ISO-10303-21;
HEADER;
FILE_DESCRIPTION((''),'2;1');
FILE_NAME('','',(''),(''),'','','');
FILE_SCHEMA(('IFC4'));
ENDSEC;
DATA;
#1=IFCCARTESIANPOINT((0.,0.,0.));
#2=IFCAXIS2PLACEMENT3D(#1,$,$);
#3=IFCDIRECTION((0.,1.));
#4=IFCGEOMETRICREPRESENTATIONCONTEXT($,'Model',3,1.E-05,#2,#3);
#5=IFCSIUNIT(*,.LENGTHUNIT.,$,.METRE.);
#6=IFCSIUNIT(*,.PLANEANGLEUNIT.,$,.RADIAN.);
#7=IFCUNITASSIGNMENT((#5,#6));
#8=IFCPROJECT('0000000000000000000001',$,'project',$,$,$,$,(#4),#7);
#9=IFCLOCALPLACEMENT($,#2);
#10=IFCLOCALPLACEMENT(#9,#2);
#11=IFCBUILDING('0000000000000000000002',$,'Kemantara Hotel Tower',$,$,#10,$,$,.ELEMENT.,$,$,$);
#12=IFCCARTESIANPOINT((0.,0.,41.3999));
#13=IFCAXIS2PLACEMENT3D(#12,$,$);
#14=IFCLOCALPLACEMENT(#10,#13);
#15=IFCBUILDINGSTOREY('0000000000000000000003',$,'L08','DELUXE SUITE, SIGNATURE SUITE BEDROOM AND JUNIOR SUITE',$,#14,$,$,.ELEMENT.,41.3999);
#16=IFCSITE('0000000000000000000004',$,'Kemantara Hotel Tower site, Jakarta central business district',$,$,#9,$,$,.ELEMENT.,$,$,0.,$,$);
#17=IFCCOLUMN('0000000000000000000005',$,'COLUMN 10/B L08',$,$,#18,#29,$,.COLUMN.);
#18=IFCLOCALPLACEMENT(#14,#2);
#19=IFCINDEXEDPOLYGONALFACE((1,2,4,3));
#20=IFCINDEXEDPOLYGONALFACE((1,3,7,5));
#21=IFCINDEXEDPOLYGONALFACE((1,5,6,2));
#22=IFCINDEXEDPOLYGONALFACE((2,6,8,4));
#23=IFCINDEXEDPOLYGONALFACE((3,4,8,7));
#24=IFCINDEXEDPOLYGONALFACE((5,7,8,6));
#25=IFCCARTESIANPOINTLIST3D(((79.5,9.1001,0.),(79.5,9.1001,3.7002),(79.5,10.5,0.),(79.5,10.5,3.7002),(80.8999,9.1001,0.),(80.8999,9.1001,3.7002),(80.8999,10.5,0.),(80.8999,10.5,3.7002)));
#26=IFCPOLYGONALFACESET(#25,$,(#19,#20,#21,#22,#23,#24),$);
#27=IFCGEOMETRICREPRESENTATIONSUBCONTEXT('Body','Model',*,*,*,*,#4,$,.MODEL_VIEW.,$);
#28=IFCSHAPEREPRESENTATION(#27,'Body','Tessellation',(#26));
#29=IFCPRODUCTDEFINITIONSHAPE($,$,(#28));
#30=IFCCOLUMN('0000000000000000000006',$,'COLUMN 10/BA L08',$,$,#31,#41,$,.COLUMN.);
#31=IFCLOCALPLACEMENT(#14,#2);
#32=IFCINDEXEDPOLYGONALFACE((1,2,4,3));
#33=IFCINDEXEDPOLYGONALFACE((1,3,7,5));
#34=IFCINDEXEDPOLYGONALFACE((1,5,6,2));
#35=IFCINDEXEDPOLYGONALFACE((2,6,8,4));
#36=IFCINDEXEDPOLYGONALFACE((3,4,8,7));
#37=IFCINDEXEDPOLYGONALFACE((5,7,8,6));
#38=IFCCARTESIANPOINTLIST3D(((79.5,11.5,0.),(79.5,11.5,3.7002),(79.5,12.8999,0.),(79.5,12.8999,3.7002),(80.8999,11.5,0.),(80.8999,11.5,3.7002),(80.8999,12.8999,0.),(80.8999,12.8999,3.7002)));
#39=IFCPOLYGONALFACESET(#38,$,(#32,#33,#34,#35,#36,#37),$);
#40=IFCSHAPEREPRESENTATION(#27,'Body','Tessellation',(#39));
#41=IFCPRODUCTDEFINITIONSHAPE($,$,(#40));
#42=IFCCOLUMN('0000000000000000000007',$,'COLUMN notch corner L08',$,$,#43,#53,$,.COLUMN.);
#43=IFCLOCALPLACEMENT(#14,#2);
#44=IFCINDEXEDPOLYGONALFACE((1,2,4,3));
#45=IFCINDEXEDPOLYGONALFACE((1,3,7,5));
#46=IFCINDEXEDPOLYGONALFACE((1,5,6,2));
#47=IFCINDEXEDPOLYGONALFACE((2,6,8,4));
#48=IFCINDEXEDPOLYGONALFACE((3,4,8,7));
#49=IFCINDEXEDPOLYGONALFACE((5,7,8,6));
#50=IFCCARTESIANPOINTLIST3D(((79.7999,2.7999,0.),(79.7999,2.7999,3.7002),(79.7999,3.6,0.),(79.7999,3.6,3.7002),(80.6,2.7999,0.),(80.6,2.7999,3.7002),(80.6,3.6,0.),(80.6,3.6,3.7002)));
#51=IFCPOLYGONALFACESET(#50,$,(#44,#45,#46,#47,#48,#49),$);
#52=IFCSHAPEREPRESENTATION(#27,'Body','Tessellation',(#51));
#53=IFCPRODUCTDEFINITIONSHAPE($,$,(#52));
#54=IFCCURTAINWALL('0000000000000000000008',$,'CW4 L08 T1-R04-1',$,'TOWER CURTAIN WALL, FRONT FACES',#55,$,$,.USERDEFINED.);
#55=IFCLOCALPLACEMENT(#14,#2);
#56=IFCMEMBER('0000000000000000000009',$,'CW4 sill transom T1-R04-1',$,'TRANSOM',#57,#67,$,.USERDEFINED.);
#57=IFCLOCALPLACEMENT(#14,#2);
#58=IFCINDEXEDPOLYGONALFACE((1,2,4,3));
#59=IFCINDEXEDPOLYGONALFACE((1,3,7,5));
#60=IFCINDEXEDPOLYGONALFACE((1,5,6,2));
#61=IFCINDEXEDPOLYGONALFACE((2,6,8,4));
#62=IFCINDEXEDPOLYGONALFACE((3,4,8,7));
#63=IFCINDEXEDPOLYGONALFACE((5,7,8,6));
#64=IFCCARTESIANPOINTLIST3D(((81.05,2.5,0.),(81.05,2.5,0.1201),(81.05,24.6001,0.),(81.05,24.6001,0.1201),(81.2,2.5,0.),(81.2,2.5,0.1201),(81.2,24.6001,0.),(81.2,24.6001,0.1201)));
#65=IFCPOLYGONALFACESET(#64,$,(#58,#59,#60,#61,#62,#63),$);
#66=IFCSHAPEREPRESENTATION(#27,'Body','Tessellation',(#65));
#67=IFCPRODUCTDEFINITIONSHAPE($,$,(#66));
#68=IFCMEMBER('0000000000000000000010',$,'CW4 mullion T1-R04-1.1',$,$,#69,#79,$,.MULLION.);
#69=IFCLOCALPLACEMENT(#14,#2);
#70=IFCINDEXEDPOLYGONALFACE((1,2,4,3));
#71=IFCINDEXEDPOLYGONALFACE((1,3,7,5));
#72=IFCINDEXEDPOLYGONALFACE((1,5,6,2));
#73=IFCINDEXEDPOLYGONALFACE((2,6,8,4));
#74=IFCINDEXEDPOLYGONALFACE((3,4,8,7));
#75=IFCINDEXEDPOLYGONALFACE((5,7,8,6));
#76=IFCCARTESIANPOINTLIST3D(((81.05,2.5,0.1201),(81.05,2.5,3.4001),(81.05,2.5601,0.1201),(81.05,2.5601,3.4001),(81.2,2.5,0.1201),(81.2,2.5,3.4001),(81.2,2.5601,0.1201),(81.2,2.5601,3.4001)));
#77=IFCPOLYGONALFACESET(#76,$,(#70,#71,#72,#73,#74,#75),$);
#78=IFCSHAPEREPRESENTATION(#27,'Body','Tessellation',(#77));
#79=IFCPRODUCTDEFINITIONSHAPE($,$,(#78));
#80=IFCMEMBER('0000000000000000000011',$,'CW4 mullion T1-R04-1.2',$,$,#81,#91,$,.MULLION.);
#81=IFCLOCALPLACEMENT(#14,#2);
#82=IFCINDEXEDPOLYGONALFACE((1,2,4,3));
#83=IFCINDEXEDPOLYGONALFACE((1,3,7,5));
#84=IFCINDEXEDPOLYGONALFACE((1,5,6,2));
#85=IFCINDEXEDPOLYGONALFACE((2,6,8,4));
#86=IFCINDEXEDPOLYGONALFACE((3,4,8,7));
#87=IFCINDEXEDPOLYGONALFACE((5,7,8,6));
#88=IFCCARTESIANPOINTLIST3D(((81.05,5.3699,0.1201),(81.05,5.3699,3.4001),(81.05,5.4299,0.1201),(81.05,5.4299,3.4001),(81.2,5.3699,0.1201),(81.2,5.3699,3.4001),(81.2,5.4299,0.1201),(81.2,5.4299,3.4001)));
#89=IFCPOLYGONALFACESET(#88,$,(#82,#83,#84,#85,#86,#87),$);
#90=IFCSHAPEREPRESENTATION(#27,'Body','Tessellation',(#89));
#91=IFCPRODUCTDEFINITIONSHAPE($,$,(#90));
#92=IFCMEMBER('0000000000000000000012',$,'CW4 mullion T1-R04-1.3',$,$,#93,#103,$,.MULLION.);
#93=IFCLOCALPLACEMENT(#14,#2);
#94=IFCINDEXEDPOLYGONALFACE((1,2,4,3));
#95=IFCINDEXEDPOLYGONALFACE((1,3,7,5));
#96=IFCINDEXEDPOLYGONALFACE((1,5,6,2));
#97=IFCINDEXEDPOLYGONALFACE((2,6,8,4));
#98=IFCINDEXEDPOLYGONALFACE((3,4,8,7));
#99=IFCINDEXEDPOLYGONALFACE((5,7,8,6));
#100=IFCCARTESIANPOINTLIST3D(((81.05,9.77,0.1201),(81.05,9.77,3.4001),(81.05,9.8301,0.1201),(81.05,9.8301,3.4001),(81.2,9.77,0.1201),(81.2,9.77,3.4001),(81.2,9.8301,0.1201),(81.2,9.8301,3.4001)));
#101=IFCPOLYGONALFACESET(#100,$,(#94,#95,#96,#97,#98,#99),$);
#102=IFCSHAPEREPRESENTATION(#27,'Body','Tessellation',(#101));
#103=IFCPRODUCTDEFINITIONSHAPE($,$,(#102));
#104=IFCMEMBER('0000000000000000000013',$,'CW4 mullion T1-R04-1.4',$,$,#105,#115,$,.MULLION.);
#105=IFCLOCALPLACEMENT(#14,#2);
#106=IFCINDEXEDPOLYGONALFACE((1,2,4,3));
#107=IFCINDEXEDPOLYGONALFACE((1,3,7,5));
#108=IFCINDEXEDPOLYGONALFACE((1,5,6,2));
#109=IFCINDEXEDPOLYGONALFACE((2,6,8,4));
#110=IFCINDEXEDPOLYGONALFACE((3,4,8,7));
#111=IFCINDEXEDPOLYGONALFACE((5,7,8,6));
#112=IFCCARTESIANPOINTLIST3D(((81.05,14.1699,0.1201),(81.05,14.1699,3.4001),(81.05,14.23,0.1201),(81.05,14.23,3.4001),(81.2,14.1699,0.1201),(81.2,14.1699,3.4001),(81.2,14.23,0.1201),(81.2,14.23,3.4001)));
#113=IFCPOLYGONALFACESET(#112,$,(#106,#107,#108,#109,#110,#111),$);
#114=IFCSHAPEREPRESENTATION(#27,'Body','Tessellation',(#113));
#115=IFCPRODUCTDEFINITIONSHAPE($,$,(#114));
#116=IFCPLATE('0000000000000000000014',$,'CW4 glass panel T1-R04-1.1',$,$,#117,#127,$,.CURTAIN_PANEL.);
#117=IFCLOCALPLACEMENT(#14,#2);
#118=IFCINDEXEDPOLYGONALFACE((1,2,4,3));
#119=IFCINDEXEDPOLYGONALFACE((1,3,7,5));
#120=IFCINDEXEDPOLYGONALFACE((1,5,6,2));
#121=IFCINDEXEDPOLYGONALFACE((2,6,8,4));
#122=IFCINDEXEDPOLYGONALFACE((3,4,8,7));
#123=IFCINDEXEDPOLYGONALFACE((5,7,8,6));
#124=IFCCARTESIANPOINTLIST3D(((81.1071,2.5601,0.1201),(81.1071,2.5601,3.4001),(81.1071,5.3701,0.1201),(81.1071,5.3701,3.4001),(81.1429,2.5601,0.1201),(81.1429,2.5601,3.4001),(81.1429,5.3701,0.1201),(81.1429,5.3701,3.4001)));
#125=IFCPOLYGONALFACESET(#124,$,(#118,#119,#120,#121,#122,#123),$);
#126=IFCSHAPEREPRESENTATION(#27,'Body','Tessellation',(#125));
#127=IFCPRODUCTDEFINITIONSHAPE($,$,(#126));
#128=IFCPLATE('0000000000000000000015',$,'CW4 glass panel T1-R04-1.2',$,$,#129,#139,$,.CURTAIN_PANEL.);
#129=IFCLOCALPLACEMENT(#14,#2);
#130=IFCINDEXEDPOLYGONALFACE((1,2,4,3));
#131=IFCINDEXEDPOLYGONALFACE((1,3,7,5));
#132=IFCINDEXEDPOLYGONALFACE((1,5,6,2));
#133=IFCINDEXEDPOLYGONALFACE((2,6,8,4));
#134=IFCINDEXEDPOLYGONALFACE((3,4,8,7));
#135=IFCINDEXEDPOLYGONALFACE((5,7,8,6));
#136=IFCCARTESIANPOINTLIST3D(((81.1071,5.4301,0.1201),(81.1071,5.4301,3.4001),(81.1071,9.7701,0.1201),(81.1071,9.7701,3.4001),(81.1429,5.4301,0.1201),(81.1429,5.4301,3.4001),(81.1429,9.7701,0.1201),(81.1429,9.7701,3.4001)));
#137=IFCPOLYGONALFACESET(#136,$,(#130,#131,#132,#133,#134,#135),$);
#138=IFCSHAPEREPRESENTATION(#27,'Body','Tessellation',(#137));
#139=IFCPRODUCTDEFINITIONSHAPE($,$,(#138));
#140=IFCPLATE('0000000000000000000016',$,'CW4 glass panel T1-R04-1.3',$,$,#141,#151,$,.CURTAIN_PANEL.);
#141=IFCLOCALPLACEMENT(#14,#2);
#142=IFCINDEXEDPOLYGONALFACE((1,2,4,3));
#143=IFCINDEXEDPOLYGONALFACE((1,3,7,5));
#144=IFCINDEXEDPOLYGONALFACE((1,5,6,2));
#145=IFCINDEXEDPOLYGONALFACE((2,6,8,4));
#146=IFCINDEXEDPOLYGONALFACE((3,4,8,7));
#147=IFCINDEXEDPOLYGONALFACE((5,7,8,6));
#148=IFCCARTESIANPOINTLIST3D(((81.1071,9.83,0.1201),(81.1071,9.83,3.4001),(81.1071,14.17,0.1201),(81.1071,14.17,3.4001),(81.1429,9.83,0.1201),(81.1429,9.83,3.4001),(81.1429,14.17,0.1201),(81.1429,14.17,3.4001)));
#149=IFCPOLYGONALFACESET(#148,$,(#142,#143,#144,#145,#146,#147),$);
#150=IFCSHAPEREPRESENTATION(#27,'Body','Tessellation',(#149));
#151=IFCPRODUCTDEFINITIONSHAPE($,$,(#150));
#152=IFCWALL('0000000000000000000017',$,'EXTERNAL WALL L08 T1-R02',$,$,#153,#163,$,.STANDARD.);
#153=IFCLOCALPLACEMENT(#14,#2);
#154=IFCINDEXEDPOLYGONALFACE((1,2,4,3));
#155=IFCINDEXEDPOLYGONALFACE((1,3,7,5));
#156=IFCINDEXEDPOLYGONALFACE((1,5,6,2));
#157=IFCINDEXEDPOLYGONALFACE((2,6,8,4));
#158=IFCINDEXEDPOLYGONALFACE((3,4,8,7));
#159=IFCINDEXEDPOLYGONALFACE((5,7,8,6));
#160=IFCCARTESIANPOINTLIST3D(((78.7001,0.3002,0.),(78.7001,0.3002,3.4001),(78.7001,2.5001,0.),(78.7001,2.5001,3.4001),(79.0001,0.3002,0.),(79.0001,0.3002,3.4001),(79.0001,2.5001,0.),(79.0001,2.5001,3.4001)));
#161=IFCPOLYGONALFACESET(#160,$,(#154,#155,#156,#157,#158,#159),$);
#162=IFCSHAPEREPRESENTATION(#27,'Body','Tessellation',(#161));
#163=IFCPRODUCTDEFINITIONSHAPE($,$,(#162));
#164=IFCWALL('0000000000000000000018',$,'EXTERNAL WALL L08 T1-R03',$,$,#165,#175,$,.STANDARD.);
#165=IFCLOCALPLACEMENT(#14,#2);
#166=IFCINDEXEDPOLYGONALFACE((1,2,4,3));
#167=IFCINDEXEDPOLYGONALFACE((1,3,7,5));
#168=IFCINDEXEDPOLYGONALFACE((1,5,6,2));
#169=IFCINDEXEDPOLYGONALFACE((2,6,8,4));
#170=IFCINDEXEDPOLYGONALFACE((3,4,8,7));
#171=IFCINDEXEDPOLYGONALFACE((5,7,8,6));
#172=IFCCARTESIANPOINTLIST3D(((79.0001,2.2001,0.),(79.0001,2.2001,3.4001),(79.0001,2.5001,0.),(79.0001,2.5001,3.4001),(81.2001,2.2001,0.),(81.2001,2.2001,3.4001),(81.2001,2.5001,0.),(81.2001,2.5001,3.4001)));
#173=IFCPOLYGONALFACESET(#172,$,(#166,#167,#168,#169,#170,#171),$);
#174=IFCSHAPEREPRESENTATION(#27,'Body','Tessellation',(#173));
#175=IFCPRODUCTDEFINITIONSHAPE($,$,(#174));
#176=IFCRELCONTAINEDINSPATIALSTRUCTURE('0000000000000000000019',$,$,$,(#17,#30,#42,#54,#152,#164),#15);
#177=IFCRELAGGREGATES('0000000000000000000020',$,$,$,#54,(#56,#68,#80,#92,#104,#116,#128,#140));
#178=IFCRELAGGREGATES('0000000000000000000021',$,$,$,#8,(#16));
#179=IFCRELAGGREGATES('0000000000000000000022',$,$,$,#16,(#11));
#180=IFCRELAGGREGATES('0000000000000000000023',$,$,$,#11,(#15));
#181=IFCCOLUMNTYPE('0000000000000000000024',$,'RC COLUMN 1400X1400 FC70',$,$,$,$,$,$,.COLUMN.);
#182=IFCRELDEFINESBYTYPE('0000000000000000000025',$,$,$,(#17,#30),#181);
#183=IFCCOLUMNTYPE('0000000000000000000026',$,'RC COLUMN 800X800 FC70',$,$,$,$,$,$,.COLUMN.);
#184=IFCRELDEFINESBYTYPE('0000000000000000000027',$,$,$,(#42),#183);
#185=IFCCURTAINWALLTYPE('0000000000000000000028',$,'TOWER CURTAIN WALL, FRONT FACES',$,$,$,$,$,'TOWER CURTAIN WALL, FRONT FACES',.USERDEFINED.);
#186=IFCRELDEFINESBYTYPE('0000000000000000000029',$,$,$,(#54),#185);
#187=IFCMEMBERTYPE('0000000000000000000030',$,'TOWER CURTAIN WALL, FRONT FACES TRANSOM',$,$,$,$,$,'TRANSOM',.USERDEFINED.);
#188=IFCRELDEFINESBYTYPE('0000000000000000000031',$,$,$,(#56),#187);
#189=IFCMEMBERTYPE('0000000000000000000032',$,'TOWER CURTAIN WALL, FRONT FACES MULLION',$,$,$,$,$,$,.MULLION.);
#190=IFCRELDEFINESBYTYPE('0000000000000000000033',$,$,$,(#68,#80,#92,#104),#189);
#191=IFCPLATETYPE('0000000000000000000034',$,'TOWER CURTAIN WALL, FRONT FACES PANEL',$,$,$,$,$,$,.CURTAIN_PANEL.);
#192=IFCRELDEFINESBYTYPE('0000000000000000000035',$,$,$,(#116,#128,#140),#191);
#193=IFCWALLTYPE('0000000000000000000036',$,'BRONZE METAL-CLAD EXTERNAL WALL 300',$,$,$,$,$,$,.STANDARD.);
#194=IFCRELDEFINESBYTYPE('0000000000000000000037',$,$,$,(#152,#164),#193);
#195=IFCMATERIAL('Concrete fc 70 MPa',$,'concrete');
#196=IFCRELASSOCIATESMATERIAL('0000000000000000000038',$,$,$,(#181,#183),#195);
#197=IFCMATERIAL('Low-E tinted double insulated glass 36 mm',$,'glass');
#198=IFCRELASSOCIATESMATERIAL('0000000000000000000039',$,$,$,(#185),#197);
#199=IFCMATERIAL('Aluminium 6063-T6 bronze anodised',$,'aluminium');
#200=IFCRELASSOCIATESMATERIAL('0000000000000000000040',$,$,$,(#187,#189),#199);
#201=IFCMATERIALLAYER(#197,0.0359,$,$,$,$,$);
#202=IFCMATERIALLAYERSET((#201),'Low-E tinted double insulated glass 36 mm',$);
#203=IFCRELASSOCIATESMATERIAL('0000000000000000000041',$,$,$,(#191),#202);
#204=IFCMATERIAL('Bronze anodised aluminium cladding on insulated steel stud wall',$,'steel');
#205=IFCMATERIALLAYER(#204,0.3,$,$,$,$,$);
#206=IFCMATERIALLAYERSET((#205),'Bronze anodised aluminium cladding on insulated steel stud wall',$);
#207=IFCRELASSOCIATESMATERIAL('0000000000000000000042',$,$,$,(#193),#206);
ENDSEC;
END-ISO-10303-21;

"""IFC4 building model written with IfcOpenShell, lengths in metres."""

from ifc_helpers import new_model, si_unit, direction, frame, frame_2d, origin, origin_2d, place, context, subcontext, project, spatial, rectangle, extrude, source, transform, mapped, material, layer, layer_set, material_profile, profile_set, type_object, element, aggregate, save


model = new_model("IFC4")

# Units and contexts
model_context = context("Model", 3, precision=1e-05, world=origin(), true_north=direction((0.0, 1.0)))
body_context = subcontext(model_context, "Body", "Model", "MODEL_VIEW")
ifc_project = project(units=[si_unit("LENGTHUNIT", "METRE"), si_unit("PLANEANGLEUNIT", "RADIAN")], contexts=[model_context])

# Site, building, storey
site_placement = place(None, origin())
site = spatial("IfcSite", under=ifc_project, at=site_placement, Name="Kemantara Hotel Tower site, Jakarta central business district", CompositionType="ELEMENT", RefElevation=0.0)
building_placement = place(site_placement, origin())
building = spatial("IfcBuilding", under=site, at=building_placement, Name="Kemantara Hotel Tower", CompositionType="ELEMENT")
storey_placement = place(building_placement, frame((0.0, 0.0, 41.3999)))
storey = spatial("IfcBuildingStorey", under=building, at=storey_placement, Name="L08", Description="DELUXE SUITE, SIGNATURE SUITE BEDROOM AND JUNIOR SUITE", CompositionType="ELEMENT", Elevation=41.3999)

# Columns
ifc_material_1 = material(Name="Concrete fc 70 MPa", Category="concrete")
ifc_material_profile_1 = material_profile(ifc_material_1, rectangle(XDim=1.3999, YDim=1.3999, at=origin_2d()), Name="RC 1400X1400")
ifc_profile_set_1 = profile_set([ifc_material_profile_1], Name="Concrete fc 70 MPa")
column_type_1 = type_object("IfcColumnType", Name="RC COLUMN 1400X1400 FC70", PredefinedType="COLUMN", material=ifc_profile_set_1)
for number, where, z_axis, x_axis, name in (
    (1, (80.2, 9.8, 0.0), (0.0, 0.0, 1.0), (1.0, 0.0, 0.0), "COLUMN 10/B L08"),
    (2, (80.2, 12.2, 0.0), (0.0, 0.0, 1.0), (1.0, 0.0, 0.0), "COLUMN 10/BA L08"),
):
    element("IfcColumn", number, at=place(storey_placement, frame(where, z_axis=z_axis, x_axis=x_axis)), inside=storey, type_object=column_type_1, Name=name, PredefinedType="COLUMN", context=body_context, shape_type="SweptSolid", body=[
        extrude(rectangle(XDim=1.3999, YDim=1.3999, at=origin_2d()), origin(), (0.0, 0.0, 1.0), 3.7002),
    ])
ifc_material_profile_2 = material_profile(ifc_material_1, rectangle(XDim=0.8, YDim=0.8, at=origin_2d()), Name="RC 800X800")
ifc_profile_set_2 = profile_set([ifc_material_profile_2], Name="Concrete fc 70 MPa")
column_type_2 = type_object("IfcColumnType", Name="RC COLUMN 800X800 FC70", PredefinedType="COLUMN", material=ifc_profile_set_2)
column_placement = place(storey_placement, frame((80.2, 3.2, 0.0), z_axis=(0.0, 0.0, 1.0), x_axis=(1.0, 0.0, 0.0)))
element("IfcColumn", 3, at=column_placement, inside=storey, type_object=column_type_2, Name="COLUMN notch corner L08", PredefinedType="COLUMN", context=body_context, shape_type="SweptSolid", body=[
    extrude(rectangle(XDim=0.8, YDim=0.8, at=origin_2d()), origin(), (0.0, 0.0, 1.0), 3.7002),
])

# Curtain wall, members, plates
ifc_material_2 = material(Name="Low-E tinted double insulated glass 36 mm", Category="glass")
curtain_wall_type = type_object("IfcCurtainWallType", Name="TOWER CURTAIN WALL, FRONT FACES", ElementType="TOWER CURTAIN WALL, FRONT FACES", PredefinedType="USERDEFINED", material=ifc_material_2)
curtain_wall_placement = place(storey_placement, origin())
curtain_wall = element("IfcCurtainWall", 4, at=curtain_wall_placement, inside=storey, type_object=curtain_wall_type, Name="CW4 L08 T1-R04-1", ObjectType="TOWER CURTAIN WALL, FRONT FACES", PredefinedType="USERDEFINED")
ifc_material_3 = material(Name="Aluminium 6063-T6 bronze anodised", Category="aluminium")
ifc_material_profile_3 = material_profile(ifc_material_3, rectangle(XDim=0.1499, YDim=0.1201, at=origin_2d()), Name="TOWER CURTAIN WALL, FRONT FACES TRANSOM")
ifc_profile_set_3 = profile_set([ifc_material_profile_3], Name="Aluminium 6063-T6 bronze anodised")
member_type_1 = type_object("IfcMemberType", Name="TOWER CURTAIN WALL, FRONT FACES TRANSOM", ElementType="TRANSOM", PredefinedType="USERDEFINED", material=ifc_profile_set_3)
member_1_placement = place(storey_placement, frame((81.125, 2.5, 0.0601), z_axis=(0.0, 1.0, 0.0), x_axis=(-1.0, 0.0, 0.0)))
member_1 = element("IfcMember", 5, at=member_1_placement, type_object=member_type_1, Name="CW4 sill transom T1-R04-1", ObjectType="TRANSOM", PredefinedType="USERDEFINED", context=body_context, shape_type="SweptSolid", body=[
    extrude(rectangle(XDim=0.1499, YDim=0.1201, at=origin_2d()), origin(), (0.0, 0.0, 1.0), 22.1001),
])
ifc_material_profile_4 = material_profile(ifc_material_3, rectangle(XDim=0.1499, YDim=0.0601, at=origin_2d()), Name="TOWER CURTAIN WALL, FRONT FACES MULLION")
ifc_profile_set_4 = profile_set([ifc_material_profile_4], Name="Aluminium 6063-T6 bronze anodised")
member_type_2 = type_object("IfcMemberType", Name="TOWER CURTAIN WALL, FRONT FACES MULLION", PredefinedType="MULLION", material=ifc_profile_set_4)
shared_shape_1 = source(origin(), body_context, "Body", "SweptSolid", [
    extrude(rectangle(XDim=0.1499, YDim=0.0601, at=origin_2d()), origin(), (0.0, 0.0, 1.0), 3.28),
])
member_2_placement = place(storey_placement, frame((81.125, 2.53, 0.1201), z_axis=(0.0, 0.0, 1.0), x_axis=(-1.0, 0.0, 0.0)))
member_2 = element("IfcMember", 6, at=member_2_placement, type_object=member_type_2, Name="CW4 mullion T1-R04-1.1", PredefinedType="MULLION", context=body_context, shape_type="MappedRepresentation", body=[
    mapped(shared_shape_1, transform((0.0, 0.0, 0.0))),
])
member_3_placement = place(storey_placement, frame((81.125, 5.3999, 0.1201), z_axis=(0.0, 0.0, 1.0), x_axis=(-1.0, 0.0, 0.0)))
member_3 = element("IfcMember", 7, at=member_3_placement, type_object=member_type_2, Name="CW4 mullion T1-R04-1.2", PredefinedType="MULLION", context=body_context, shape_type="MappedRepresentation", body=[
    mapped(shared_shape_1, transform((0.0, 0.0, 0.0))),
])
member_4_placement = place(storey_placement, frame((81.125, 9.8, 0.1201), z_axis=(0.0, 0.0, 1.0), x_axis=(-1.0, 0.0, 0.0)))
member_4 = element("IfcMember", 8, at=member_4_placement, type_object=member_type_2, Name="CW4 mullion T1-R04-1.3", PredefinedType="MULLION", context=body_context, shape_type="MappedRepresentation", body=[
    mapped(shared_shape_1, transform((0.0, 0.0, 0.0))),
])
member_5_placement = place(storey_placement, frame((81.125, 14.2, 0.1201), z_axis=(0.0, 0.0, 1.0), x_axis=(-1.0, 0.0, 0.0)))
member_5 = element("IfcMember", 9, at=member_5_placement, type_object=member_type_2, Name="CW4 mullion T1-R04-1.4", PredefinedType="MULLION", context=body_context, shape_type="MappedRepresentation", body=[
    mapped(shared_shape_1, transform((0.0, 0.0, 0.0))),
])
ifc_layer_1 = layer(ifc_material_2, 0.0359)
ifc_layer_set_1 = layer_set([ifc_layer_1], Name="Low-E tinted double insulated glass 36 mm")
plate_type = type_object("IfcPlateType", Name="TOWER CURTAIN WALL, FRONT FACES PANEL", PredefinedType="CURTAIN_PANEL", material=ifc_layer_set_1)
shared_shape_2 = source(origin(), body_context, "Body", "SweptSolid", [
    extrude(rectangle(XDim=2.8101, YDim=0.0359, at=origin_2d()), origin(), (0.0, 0.0, 1.0), 3.28),
])
plate_1_placement = place(storey_placement, frame((81.125, 3.9651, 0.1201), z_axis=(0.0, 0.0, 1.0), x_axis=(0.0, 1.0, 0.0)))
plate_1 = element("IfcPlate", 10, at=plate_1_placement, type_object=plate_type, Name="CW4 glass panel T1-R04-1.1", PredefinedType="CURTAIN_PANEL", context=body_context, shape_type="MappedRepresentation", body=[
    mapped(shared_shape_2, transform((0.0, 0.0, 0.0))),
])
shared_shape_3 = source(origin(), body_context, "Body", "SweptSolid", [
    extrude(rectangle(XDim=4.3401, YDim=0.0359, at=origin_2d()), origin(), (0.0, 0.0, 1.0), 3.28),
])
plate_2_placement = place(storey_placement, frame((81.125, 7.6001, 0.1201), z_axis=(0.0, 0.0, 1.0), x_axis=(0.0, 1.0, 0.0)))
plate_2 = element("IfcPlate", 11, at=plate_2_placement, type_object=plate_type, Name="CW4 glass panel T1-R04-1.2", PredefinedType="CURTAIN_PANEL", context=body_context, shape_type="MappedRepresentation", body=[
    mapped(shared_shape_3, transform((0.0, 0.0, 0.0))),
])
plate_3_placement = place(storey_placement, frame((81.125, 12.0, 0.1201), z_axis=(0.0, 0.0, 1.0), x_axis=(0.0, 1.0, 0.0)))
plate_3 = element("IfcPlate", 12, at=plate_3_placement, type_object=plate_type, Name="CW4 glass panel T1-R04-1.3", PredefinedType="CURTAIN_PANEL", context=body_context, shape_type="MappedRepresentation", body=[
    mapped(shared_shape_3, transform((0.0, 0.0, 0.0))),
])
aggregate(curtain_wall, [member_1, member_2, member_3, member_4, member_5, plate_1, plate_2, plate_3])

# Walls
ifc_material_4 = material(Name="Bronze anodised aluminium cladding on insulated steel stud wall", Category="steel")
ifc_layer_2 = layer(ifc_material_4, 0.3)
ifc_layer_set_2 = layer_set([ifc_layer_2], Name="Bronze anodised aluminium cladding on insulated steel stud wall")
wall_type_1 = type_object("IfcWallType", Name="BRONZE METAL-CLAD EXTERNAL WALL 300", PredefinedType="STANDARD", material=ifc_layer_set_2)
for number, where, z_axis, x_axis, name in (
    (13, (78.8501, 0.3, 0.0), (0.0, 0.0, 1.0), (0.0, 1.0, 0.0), "EXTERNAL WALL L08 T1-R02"),
    (14, (79.0, 2.3501, 0.0), (0.0, 0.0, 1.0), (1.0, 0.0, 0.0), "EXTERNAL WALL L08 T1-R03"),
):
    element("IfcWall", number, at=place(storey_placement, frame(where, z_axis=z_axis, x_axis=x_axis)), inside=storey, type_object=wall_type_1, Name=name, PredefinedType="STANDARD", context=body_context, shape_type="SweptSolid", body=[
        extrude(rectangle(XDim=2.2, YDim=0.3, at=frame_2d((1.1001, 0.0))), origin(), (0.0, 0.0, 1.0), 3.4001),
    ])

save(model, "model.ifc")
